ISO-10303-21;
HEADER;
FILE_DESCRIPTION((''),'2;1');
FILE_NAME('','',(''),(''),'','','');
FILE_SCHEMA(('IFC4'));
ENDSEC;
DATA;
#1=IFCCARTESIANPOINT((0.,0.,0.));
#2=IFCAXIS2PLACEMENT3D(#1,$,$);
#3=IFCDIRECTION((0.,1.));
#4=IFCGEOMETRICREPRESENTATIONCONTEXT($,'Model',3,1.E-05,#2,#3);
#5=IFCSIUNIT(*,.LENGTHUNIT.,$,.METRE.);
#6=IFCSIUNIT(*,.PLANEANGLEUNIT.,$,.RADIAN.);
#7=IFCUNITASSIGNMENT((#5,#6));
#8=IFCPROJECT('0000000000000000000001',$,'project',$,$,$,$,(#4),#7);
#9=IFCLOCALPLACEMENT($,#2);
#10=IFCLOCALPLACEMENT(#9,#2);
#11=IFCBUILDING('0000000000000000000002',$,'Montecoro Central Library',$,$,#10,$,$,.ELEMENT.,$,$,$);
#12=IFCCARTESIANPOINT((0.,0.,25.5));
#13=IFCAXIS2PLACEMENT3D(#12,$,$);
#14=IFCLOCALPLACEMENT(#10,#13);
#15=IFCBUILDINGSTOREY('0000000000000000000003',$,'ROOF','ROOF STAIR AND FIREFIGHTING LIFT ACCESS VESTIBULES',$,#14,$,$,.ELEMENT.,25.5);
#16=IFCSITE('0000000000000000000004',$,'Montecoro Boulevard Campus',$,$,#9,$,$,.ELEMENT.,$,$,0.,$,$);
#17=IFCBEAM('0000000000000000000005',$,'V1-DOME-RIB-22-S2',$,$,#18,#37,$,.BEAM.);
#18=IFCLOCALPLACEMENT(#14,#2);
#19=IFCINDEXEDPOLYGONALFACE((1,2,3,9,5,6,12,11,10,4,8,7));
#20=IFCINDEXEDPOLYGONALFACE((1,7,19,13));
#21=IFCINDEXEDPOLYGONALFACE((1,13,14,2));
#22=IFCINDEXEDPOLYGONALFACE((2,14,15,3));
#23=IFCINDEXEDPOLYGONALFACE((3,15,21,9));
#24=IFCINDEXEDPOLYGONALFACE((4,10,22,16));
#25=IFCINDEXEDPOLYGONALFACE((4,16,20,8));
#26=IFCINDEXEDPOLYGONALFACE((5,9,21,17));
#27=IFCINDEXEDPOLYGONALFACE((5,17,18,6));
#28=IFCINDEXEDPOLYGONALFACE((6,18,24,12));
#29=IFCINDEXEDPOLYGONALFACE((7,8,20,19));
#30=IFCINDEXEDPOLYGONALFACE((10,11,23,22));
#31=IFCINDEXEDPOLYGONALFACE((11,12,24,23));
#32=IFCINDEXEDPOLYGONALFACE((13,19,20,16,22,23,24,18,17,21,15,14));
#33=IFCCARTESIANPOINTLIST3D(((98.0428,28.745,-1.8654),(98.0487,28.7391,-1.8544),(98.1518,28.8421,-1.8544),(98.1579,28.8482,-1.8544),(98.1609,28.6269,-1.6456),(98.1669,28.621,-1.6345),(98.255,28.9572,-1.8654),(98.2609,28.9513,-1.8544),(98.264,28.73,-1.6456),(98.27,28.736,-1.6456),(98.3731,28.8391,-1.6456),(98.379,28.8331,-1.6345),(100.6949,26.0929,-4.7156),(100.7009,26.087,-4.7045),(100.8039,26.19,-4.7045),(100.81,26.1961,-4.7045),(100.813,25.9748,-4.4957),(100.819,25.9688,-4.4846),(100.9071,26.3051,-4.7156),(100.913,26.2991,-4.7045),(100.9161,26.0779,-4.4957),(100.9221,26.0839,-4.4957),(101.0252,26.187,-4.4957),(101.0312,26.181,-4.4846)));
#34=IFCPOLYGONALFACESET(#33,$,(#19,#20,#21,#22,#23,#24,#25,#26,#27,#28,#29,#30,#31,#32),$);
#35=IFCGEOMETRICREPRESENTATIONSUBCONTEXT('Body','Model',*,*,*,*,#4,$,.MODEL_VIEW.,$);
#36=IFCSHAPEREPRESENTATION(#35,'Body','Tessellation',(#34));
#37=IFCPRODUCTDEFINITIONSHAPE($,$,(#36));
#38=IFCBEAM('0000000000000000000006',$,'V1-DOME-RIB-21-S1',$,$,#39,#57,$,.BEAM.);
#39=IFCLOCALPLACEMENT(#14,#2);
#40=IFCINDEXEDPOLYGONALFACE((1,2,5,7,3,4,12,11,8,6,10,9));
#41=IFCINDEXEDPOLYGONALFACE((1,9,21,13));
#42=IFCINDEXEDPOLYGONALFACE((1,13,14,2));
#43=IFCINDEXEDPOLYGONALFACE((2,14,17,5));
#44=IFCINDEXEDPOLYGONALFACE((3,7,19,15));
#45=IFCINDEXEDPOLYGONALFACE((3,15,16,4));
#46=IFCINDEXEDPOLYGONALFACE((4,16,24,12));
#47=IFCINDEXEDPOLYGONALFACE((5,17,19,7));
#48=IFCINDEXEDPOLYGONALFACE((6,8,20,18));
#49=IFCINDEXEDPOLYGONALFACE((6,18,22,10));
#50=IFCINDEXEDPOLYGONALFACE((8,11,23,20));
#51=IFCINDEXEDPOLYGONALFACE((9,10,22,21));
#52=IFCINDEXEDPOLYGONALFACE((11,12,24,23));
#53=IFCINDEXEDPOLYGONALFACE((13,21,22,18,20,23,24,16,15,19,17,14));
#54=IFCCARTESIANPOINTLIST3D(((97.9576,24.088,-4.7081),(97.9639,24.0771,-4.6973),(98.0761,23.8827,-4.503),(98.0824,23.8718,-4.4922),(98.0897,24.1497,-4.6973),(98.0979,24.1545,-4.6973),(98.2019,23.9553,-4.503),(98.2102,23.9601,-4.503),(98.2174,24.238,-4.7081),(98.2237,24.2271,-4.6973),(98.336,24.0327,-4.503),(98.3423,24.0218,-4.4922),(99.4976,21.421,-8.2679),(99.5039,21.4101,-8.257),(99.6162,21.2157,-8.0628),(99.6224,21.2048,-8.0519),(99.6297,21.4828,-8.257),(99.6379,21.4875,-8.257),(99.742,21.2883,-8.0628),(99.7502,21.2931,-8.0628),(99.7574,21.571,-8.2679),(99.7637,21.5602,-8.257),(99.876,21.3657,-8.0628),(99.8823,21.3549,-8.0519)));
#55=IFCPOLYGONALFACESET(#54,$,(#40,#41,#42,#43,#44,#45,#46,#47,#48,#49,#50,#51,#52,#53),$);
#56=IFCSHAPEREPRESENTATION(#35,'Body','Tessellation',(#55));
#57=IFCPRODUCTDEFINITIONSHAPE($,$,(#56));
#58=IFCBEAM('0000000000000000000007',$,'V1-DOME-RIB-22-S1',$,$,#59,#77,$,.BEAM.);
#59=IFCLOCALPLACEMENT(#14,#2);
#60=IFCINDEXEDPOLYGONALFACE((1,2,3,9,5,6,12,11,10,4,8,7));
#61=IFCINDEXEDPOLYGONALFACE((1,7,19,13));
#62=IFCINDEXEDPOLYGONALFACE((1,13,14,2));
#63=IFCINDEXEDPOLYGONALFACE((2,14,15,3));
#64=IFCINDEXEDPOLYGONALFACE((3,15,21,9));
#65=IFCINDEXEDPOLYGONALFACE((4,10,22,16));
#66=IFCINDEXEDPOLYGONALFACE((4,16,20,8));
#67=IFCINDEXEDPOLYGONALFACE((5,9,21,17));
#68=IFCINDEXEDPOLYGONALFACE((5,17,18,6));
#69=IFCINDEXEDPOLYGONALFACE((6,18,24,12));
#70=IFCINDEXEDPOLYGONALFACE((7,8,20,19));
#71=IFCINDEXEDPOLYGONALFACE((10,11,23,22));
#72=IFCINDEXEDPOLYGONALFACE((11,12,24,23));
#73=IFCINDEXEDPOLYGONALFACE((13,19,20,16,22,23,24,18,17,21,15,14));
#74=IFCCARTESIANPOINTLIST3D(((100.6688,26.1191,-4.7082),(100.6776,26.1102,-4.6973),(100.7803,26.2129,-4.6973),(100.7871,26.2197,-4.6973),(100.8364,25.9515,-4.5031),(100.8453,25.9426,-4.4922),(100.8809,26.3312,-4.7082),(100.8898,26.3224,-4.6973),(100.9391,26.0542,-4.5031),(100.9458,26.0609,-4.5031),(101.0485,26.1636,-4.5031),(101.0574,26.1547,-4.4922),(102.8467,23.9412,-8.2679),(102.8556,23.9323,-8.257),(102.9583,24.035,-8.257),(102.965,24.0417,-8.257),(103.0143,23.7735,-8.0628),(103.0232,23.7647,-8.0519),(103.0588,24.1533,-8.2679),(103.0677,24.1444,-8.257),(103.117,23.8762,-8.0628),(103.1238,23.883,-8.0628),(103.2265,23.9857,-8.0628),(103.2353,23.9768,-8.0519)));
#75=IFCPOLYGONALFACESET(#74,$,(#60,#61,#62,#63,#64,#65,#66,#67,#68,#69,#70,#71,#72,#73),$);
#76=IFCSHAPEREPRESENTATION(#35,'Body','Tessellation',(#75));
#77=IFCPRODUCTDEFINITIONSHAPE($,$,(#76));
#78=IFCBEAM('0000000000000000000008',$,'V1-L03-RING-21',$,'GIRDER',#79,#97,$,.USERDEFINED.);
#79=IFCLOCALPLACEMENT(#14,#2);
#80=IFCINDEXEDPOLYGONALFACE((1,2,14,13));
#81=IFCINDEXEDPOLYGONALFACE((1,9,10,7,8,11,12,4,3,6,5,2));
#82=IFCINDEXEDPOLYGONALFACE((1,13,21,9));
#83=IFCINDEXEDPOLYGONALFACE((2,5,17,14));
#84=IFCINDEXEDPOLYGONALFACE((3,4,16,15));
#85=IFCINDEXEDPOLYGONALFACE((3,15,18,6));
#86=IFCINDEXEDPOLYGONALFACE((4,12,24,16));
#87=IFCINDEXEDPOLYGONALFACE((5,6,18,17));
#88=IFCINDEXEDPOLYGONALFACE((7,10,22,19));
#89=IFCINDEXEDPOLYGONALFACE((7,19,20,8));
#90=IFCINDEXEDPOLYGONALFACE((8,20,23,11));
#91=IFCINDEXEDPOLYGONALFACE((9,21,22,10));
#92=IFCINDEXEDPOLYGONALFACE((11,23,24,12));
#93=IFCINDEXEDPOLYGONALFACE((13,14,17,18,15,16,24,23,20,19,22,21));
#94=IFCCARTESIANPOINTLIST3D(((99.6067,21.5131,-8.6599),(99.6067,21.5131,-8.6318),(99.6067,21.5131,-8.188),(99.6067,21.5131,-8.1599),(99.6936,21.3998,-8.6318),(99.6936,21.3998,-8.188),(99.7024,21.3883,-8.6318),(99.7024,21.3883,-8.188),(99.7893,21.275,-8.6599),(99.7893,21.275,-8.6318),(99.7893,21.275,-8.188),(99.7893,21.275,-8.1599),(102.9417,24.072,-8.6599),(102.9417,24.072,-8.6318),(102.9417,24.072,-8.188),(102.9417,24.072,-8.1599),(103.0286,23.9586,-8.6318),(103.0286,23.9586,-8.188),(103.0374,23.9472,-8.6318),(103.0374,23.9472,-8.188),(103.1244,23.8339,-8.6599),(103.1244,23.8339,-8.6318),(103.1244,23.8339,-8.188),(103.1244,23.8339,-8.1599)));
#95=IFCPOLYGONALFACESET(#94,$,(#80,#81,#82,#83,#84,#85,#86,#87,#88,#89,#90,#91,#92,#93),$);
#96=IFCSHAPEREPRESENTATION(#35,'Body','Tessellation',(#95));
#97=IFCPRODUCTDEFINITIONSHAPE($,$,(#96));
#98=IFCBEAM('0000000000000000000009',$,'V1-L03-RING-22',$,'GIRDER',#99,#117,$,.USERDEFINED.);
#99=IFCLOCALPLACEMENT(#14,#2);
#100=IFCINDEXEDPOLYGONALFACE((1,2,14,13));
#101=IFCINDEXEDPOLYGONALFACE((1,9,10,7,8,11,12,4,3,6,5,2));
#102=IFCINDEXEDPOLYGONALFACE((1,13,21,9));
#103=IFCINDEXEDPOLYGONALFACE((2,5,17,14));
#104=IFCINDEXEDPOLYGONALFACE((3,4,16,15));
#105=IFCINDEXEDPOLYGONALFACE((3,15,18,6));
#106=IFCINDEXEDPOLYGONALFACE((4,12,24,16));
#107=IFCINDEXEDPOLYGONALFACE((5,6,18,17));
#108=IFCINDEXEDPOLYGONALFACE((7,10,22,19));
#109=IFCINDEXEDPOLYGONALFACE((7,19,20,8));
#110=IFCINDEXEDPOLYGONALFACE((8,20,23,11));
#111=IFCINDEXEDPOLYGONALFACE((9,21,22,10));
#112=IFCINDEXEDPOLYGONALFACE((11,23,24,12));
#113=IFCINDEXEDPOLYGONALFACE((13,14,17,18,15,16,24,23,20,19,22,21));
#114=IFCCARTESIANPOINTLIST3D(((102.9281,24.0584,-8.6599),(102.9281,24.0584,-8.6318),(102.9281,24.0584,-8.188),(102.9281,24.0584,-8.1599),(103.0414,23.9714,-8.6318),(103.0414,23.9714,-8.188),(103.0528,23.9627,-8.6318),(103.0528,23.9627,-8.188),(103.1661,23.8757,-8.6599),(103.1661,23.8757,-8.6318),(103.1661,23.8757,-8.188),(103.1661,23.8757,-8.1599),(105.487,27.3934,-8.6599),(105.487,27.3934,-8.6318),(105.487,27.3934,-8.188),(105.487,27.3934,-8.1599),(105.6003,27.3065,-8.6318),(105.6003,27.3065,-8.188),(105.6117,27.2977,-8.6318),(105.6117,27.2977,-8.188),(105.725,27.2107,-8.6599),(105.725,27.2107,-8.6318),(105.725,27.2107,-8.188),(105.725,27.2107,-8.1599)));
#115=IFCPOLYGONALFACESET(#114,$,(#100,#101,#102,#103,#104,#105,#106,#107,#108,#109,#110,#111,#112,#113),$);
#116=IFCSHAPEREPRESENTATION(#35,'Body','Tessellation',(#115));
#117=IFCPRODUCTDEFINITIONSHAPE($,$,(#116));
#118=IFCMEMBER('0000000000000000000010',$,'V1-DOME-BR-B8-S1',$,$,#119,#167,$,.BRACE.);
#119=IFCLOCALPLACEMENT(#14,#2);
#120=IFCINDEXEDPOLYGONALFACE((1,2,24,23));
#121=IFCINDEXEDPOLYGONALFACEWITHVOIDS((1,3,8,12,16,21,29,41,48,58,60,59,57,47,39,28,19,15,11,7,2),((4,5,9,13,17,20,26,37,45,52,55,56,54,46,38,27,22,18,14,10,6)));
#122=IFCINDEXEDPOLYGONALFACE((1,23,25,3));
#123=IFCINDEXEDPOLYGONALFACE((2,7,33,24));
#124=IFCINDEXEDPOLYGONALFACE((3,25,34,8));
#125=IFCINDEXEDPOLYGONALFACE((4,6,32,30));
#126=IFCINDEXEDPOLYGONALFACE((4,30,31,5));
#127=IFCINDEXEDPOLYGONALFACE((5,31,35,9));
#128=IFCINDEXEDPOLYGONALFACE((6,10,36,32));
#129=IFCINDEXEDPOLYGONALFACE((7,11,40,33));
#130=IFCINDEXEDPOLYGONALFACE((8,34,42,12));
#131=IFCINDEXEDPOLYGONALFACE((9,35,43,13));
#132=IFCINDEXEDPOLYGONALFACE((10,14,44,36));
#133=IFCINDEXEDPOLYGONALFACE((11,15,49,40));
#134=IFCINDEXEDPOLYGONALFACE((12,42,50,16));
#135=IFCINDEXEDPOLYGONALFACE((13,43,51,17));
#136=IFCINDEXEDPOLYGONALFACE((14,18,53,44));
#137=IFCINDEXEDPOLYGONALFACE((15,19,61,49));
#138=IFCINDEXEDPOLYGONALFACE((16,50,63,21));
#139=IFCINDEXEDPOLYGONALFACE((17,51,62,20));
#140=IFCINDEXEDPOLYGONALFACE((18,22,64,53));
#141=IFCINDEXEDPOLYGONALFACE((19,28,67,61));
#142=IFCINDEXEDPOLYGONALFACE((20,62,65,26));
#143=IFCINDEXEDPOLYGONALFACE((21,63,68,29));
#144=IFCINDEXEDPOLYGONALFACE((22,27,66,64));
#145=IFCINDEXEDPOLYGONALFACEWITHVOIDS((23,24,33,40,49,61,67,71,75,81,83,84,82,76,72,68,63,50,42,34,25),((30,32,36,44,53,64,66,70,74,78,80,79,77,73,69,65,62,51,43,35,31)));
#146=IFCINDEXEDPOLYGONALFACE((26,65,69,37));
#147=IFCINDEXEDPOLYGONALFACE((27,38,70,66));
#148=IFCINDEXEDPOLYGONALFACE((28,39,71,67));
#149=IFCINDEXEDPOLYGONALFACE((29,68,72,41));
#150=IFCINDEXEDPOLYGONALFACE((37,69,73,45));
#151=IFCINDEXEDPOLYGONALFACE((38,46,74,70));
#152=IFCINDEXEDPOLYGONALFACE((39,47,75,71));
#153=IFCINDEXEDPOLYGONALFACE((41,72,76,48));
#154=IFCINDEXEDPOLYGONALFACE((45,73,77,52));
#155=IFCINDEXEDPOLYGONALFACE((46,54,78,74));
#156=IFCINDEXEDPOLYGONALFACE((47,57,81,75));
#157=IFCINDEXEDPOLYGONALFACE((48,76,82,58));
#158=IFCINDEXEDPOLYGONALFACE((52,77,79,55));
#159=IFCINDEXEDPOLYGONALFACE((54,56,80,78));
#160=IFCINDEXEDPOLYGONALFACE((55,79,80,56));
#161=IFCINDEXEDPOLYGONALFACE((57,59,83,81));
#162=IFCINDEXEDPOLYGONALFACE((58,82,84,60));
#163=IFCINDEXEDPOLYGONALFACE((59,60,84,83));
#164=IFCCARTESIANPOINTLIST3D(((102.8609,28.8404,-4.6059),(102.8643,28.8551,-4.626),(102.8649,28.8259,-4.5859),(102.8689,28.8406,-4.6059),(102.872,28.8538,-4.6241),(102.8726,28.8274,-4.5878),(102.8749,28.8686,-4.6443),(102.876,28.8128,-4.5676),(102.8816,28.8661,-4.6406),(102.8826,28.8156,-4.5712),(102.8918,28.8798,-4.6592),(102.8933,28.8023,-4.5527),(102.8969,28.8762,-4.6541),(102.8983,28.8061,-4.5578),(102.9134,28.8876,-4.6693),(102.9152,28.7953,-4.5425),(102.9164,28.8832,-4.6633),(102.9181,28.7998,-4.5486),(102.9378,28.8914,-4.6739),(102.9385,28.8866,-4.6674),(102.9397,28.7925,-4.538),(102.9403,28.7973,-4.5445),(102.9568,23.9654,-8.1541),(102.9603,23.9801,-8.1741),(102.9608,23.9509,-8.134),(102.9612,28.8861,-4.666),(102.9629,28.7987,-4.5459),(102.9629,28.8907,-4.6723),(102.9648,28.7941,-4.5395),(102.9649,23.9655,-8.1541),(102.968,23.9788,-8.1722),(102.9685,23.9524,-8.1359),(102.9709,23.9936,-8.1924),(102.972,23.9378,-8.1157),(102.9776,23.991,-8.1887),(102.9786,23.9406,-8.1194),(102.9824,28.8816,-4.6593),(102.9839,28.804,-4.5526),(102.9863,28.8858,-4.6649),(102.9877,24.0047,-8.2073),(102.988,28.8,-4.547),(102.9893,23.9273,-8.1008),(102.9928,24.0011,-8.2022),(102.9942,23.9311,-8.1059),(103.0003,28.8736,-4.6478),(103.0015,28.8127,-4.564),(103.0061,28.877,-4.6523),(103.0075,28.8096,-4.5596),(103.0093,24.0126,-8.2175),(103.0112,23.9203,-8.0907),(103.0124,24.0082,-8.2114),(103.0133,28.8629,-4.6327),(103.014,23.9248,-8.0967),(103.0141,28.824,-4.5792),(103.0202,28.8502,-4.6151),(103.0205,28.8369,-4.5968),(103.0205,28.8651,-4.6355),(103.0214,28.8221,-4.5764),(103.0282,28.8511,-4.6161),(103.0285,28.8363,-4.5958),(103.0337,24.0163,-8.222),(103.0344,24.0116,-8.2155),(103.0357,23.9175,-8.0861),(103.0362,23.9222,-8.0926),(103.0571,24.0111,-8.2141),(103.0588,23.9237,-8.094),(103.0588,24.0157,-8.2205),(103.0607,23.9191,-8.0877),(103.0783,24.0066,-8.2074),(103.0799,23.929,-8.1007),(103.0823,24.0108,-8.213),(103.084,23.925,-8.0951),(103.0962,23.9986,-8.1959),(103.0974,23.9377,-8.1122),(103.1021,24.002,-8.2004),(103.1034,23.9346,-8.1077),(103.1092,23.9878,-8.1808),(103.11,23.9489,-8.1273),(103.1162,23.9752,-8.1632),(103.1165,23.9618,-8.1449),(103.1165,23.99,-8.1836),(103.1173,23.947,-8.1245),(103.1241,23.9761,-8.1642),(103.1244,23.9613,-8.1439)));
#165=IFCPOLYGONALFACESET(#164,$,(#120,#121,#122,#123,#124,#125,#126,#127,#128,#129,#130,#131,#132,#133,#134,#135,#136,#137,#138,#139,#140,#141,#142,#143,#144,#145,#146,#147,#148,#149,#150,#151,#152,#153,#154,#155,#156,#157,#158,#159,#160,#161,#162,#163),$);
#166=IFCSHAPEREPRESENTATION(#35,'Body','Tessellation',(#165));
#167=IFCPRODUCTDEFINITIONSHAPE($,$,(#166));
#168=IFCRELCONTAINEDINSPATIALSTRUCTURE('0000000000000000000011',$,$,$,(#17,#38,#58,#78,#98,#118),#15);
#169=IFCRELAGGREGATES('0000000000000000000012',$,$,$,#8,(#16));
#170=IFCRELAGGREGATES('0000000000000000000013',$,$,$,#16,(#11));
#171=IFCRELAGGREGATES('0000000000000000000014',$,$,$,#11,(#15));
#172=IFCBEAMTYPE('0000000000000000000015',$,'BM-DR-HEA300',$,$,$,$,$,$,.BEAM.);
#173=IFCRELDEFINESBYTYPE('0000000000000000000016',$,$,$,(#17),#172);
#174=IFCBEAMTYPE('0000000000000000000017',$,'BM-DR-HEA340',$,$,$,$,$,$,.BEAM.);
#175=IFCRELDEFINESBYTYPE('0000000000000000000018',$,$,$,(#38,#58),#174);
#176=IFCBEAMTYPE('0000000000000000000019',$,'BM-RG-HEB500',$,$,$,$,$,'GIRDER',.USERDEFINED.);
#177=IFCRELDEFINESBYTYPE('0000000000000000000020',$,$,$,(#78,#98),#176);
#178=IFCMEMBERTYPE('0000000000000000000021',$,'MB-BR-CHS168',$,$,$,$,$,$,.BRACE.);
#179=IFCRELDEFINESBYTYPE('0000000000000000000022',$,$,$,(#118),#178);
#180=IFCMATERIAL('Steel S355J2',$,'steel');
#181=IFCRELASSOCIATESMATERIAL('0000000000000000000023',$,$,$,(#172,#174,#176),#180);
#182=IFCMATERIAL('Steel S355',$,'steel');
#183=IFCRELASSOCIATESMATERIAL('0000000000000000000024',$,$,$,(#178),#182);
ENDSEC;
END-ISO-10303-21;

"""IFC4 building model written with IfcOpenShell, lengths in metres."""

from ifc_helpers import new_model, si_unit, direction, frame, origin, origin_2d, place, context, subcontext, project, spatial, hollow_circle, i_section, extrude, material, material_profile, profile_set, type_object, element, save


model = new_model("IFC4")

# Units and contexts
model_context = context("Model", 3, precision=1e-05, world=origin(), true_north=direction((0.0, 1.0)))
body_context = subcontext(model_context, "Body", "Model", "MODEL_VIEW")
ifc_project = project(units=[si_unit("LENGTHUNIT", "METRE"), si_unit("PLANEANGLEUNIT", "RADIAN")], contexts=[model_context])

# Site, building, storey
site_placement = place(None, origin())
site = spatial("IfcSite", under=ifc_project, at=site_placement, Name="Montecoro Boulevard Campus", CompositionType="ELEMENT", RefElevation=0.0)
building_placement = place(site_placement, origin())
building = spatial("IfcBuilding", under=site, at=building_placement, Name="Montecoro Central Library", CompositionType="ELEMENT")
storey_placement = place(building_placement, frame((0.0, 0.0, 25.5)))
storey = spatial("IfcBuildingStorey", under=building, at=storey_placement, Name="ROOF", Description="ROOF STAIR AND FIREFIGHTING LIFT ACCESS VESTIBULES", CompositionType="ELEMENT", Elevation=25.5)

# Beams
ifc_material_1 = material(Name="Steel S355J2", Category="steel")
ifc_material_profile_1 = material_profile(ifc_material_1, i_section(OverallWidth=0.3, OverallDepth=0.29, WebThickness=0.0085, FlangeThickness=0.0139, at=origin_2d()), Name="HEA 300")
ifc_profile_set_1 = profile_set([ifc_material_profile_1], Name="Steel S355J2")
beam_type_1 = type_object("IfcBeamType", Name="BM-DR-HEA300", PredefinedType="BEAM", material=ifc_profile_set_1)
beam_1_placement = place(storey_placement, frame((100.863, 26.137, -4.6001), z_axis=(-0.563, 0.563, 0.605031), x_axis=(-0.707107, -0.707107, 0.0)))
element("IfcBeam", 1, at=beam_1_placement, inside=storey, type_object=beam_type_1, Name="V1-DOME-RIB-22-S2", PredefinedType="BEAM", context=body_context, shape_type="SweptSolid", body=[
    extrude(i_section(OverallWidth=0.3, OverallDepth=0.29, WebThickness=0.0085, FlangeThickness=0.0139, at=origin_2d()), origin(), (0.0, 0.0, 1.0), 4.7107),
])
ifc_material_profile_2 = material_profile(ifc_material_1, i_section(OverallWidth=0.3, OverallDepth=0.3301, WebThickness=0.0095, FlangeThickness=0.0166, at=origin_2d()), Name="HEA 340")
ifc_profile_set_2 = profile_set([ifc_material_profile_2], Name="Steel S355J2")
beam_type_2 = type_object("IfcBeamType", Name="BM-DR-HEA340", PredefinedType="BEAM", material=ifc_profile_set_2)
beam_2_placement = place(storey_placement, frame((99.6899, 21.3879, -8.1599), z_axis=(-0.327173, 0.566589, 0.756264), x_axis=(-0.86599, -0.500061, 0.0)))
element("IfcBeam", 2, at=beam_2_placement, inside=storey, type_object=beam_type_2, Name="V1-DOME-RIB-21-S1", PredefinedType="BEAM", context=body_context, shape_type="SweptSolid", body=[
    extrude(i_section(OverallWidth=0.3, OverallDepth=0.3301, WebThickness=0.0095, FlangeThickness=0.0166, at=origin_2d()), origin(), (0.0, 0.0, 1.0), 4.707),
])
beam_3_placement = place(storey_placement, frame((103.041, 23.959, -8.1599), z_axis=(-0.462673, 0.462673, 0.756219), x_axis=(-0.707107, -0.707107, 0.0)))
element("IfcBeam", 3, at=beam_3_placement, inside=storey, type_object=beam_type_2, Name="V1-DOME-RIB-22-S1", PredefinedType="BEAM", context=body_context, shape_type="SweptSolid", body=[
    extrude(i_section(OverallWidth=0.3, OverallDepth=0.3301, WebThickness=0.0095, FlangeThickness=0.0166, at=origin_2d()), origin(), (0.0, 0.0, 1.0), 4.7073),
])
ifc_material_profile_3 = material_profile(ifc_material_1, i_section(OverallWidth=0.3, OverallDepth=0.5, WebThickness=0.0144, FlangeThickness=0.0281, at=origin_2d()), Name="HEB 500")
ifc_profile_set_3 = profile_set([ifc_material_profile_3], Name="Steel S355J2")
beam_type_3 = type_object("IfcBeamType", Name="BM-RG-HEB500", ElementType="GIRDER", PredefinedType="USERDEFINED", material=ifc_profile_set_3)
for number, where, z_axis, x_axis, name in (
    (4, (99.698, 21.394, -8.4099), (0.793373, 0.608736, 0.0), (-0.608736, 0.793373, 0.0), "V1-L03-RING-21"),
    (5, (103.0471, 23.967, -8.4099), (0.608736, 0.793373, 0.0), (-0.793373, 0.608736, 0.0), "V1-L03-RING-22"),
):
    element("IfcBeam", number, at=place(storey_placement, frame(where, z_axis=z_axis, x_axis=x_axis)), inside=storey, type_object=beam_type_3, Name=name, ObjectType="GIRDER", PredefinedType="USERDEFINED", context=body_context, shape_type="SweptSolid", body=[
        extrude(i_section(OverallWidth=0.3, OverallDepth=0.5, WebThickness=0.0144, FlangeThickness=0.0281, at=origin_2d()), origin(), (0.0, 0.0, 1.0), 4.2036),
    ])

# Member
ifc_material_2 = material(Name="Steel S355", Category="steel")
ifc_material_profile_4 = material_profile(ifc_material_2, hollow_circle(Radius=0.0842, WallThickness=0.0081, at=origin_2d()), Name="CHS 168.3x8.0")
ifc_profile_set_4 = profile_set([ifc_material_profile_4], Name="Steel S355")
member_type_1 = type_object("IfcMemberType", Name="MB-BR-CHS168", PredefinedType="BRACE", material=ifc_profile_set_4)
member_1_placement = place(storey_placement, frame((103.041, 23.967, -8.1541), z_axis=(-0.015911, 0.808425, 0.588384), x_axis=(-0.999806, -0.019678, 0.0)))
element("IfcMember", 6, at=member_1_placement, inside=storey, type_object=member_type_1, Name="V1-DOME-BR-B8-S1", PredefinedType="BRACE", context=body_context, shape_type="SweptSolid", body=[
    extrude(hollow_circle(Radius=0.0842, WallThickness=0.0081, at=origin_2d()), origin(), (0.0, 0.0, 1.0), 6.0303),
])

save(model, "model.ifc")
